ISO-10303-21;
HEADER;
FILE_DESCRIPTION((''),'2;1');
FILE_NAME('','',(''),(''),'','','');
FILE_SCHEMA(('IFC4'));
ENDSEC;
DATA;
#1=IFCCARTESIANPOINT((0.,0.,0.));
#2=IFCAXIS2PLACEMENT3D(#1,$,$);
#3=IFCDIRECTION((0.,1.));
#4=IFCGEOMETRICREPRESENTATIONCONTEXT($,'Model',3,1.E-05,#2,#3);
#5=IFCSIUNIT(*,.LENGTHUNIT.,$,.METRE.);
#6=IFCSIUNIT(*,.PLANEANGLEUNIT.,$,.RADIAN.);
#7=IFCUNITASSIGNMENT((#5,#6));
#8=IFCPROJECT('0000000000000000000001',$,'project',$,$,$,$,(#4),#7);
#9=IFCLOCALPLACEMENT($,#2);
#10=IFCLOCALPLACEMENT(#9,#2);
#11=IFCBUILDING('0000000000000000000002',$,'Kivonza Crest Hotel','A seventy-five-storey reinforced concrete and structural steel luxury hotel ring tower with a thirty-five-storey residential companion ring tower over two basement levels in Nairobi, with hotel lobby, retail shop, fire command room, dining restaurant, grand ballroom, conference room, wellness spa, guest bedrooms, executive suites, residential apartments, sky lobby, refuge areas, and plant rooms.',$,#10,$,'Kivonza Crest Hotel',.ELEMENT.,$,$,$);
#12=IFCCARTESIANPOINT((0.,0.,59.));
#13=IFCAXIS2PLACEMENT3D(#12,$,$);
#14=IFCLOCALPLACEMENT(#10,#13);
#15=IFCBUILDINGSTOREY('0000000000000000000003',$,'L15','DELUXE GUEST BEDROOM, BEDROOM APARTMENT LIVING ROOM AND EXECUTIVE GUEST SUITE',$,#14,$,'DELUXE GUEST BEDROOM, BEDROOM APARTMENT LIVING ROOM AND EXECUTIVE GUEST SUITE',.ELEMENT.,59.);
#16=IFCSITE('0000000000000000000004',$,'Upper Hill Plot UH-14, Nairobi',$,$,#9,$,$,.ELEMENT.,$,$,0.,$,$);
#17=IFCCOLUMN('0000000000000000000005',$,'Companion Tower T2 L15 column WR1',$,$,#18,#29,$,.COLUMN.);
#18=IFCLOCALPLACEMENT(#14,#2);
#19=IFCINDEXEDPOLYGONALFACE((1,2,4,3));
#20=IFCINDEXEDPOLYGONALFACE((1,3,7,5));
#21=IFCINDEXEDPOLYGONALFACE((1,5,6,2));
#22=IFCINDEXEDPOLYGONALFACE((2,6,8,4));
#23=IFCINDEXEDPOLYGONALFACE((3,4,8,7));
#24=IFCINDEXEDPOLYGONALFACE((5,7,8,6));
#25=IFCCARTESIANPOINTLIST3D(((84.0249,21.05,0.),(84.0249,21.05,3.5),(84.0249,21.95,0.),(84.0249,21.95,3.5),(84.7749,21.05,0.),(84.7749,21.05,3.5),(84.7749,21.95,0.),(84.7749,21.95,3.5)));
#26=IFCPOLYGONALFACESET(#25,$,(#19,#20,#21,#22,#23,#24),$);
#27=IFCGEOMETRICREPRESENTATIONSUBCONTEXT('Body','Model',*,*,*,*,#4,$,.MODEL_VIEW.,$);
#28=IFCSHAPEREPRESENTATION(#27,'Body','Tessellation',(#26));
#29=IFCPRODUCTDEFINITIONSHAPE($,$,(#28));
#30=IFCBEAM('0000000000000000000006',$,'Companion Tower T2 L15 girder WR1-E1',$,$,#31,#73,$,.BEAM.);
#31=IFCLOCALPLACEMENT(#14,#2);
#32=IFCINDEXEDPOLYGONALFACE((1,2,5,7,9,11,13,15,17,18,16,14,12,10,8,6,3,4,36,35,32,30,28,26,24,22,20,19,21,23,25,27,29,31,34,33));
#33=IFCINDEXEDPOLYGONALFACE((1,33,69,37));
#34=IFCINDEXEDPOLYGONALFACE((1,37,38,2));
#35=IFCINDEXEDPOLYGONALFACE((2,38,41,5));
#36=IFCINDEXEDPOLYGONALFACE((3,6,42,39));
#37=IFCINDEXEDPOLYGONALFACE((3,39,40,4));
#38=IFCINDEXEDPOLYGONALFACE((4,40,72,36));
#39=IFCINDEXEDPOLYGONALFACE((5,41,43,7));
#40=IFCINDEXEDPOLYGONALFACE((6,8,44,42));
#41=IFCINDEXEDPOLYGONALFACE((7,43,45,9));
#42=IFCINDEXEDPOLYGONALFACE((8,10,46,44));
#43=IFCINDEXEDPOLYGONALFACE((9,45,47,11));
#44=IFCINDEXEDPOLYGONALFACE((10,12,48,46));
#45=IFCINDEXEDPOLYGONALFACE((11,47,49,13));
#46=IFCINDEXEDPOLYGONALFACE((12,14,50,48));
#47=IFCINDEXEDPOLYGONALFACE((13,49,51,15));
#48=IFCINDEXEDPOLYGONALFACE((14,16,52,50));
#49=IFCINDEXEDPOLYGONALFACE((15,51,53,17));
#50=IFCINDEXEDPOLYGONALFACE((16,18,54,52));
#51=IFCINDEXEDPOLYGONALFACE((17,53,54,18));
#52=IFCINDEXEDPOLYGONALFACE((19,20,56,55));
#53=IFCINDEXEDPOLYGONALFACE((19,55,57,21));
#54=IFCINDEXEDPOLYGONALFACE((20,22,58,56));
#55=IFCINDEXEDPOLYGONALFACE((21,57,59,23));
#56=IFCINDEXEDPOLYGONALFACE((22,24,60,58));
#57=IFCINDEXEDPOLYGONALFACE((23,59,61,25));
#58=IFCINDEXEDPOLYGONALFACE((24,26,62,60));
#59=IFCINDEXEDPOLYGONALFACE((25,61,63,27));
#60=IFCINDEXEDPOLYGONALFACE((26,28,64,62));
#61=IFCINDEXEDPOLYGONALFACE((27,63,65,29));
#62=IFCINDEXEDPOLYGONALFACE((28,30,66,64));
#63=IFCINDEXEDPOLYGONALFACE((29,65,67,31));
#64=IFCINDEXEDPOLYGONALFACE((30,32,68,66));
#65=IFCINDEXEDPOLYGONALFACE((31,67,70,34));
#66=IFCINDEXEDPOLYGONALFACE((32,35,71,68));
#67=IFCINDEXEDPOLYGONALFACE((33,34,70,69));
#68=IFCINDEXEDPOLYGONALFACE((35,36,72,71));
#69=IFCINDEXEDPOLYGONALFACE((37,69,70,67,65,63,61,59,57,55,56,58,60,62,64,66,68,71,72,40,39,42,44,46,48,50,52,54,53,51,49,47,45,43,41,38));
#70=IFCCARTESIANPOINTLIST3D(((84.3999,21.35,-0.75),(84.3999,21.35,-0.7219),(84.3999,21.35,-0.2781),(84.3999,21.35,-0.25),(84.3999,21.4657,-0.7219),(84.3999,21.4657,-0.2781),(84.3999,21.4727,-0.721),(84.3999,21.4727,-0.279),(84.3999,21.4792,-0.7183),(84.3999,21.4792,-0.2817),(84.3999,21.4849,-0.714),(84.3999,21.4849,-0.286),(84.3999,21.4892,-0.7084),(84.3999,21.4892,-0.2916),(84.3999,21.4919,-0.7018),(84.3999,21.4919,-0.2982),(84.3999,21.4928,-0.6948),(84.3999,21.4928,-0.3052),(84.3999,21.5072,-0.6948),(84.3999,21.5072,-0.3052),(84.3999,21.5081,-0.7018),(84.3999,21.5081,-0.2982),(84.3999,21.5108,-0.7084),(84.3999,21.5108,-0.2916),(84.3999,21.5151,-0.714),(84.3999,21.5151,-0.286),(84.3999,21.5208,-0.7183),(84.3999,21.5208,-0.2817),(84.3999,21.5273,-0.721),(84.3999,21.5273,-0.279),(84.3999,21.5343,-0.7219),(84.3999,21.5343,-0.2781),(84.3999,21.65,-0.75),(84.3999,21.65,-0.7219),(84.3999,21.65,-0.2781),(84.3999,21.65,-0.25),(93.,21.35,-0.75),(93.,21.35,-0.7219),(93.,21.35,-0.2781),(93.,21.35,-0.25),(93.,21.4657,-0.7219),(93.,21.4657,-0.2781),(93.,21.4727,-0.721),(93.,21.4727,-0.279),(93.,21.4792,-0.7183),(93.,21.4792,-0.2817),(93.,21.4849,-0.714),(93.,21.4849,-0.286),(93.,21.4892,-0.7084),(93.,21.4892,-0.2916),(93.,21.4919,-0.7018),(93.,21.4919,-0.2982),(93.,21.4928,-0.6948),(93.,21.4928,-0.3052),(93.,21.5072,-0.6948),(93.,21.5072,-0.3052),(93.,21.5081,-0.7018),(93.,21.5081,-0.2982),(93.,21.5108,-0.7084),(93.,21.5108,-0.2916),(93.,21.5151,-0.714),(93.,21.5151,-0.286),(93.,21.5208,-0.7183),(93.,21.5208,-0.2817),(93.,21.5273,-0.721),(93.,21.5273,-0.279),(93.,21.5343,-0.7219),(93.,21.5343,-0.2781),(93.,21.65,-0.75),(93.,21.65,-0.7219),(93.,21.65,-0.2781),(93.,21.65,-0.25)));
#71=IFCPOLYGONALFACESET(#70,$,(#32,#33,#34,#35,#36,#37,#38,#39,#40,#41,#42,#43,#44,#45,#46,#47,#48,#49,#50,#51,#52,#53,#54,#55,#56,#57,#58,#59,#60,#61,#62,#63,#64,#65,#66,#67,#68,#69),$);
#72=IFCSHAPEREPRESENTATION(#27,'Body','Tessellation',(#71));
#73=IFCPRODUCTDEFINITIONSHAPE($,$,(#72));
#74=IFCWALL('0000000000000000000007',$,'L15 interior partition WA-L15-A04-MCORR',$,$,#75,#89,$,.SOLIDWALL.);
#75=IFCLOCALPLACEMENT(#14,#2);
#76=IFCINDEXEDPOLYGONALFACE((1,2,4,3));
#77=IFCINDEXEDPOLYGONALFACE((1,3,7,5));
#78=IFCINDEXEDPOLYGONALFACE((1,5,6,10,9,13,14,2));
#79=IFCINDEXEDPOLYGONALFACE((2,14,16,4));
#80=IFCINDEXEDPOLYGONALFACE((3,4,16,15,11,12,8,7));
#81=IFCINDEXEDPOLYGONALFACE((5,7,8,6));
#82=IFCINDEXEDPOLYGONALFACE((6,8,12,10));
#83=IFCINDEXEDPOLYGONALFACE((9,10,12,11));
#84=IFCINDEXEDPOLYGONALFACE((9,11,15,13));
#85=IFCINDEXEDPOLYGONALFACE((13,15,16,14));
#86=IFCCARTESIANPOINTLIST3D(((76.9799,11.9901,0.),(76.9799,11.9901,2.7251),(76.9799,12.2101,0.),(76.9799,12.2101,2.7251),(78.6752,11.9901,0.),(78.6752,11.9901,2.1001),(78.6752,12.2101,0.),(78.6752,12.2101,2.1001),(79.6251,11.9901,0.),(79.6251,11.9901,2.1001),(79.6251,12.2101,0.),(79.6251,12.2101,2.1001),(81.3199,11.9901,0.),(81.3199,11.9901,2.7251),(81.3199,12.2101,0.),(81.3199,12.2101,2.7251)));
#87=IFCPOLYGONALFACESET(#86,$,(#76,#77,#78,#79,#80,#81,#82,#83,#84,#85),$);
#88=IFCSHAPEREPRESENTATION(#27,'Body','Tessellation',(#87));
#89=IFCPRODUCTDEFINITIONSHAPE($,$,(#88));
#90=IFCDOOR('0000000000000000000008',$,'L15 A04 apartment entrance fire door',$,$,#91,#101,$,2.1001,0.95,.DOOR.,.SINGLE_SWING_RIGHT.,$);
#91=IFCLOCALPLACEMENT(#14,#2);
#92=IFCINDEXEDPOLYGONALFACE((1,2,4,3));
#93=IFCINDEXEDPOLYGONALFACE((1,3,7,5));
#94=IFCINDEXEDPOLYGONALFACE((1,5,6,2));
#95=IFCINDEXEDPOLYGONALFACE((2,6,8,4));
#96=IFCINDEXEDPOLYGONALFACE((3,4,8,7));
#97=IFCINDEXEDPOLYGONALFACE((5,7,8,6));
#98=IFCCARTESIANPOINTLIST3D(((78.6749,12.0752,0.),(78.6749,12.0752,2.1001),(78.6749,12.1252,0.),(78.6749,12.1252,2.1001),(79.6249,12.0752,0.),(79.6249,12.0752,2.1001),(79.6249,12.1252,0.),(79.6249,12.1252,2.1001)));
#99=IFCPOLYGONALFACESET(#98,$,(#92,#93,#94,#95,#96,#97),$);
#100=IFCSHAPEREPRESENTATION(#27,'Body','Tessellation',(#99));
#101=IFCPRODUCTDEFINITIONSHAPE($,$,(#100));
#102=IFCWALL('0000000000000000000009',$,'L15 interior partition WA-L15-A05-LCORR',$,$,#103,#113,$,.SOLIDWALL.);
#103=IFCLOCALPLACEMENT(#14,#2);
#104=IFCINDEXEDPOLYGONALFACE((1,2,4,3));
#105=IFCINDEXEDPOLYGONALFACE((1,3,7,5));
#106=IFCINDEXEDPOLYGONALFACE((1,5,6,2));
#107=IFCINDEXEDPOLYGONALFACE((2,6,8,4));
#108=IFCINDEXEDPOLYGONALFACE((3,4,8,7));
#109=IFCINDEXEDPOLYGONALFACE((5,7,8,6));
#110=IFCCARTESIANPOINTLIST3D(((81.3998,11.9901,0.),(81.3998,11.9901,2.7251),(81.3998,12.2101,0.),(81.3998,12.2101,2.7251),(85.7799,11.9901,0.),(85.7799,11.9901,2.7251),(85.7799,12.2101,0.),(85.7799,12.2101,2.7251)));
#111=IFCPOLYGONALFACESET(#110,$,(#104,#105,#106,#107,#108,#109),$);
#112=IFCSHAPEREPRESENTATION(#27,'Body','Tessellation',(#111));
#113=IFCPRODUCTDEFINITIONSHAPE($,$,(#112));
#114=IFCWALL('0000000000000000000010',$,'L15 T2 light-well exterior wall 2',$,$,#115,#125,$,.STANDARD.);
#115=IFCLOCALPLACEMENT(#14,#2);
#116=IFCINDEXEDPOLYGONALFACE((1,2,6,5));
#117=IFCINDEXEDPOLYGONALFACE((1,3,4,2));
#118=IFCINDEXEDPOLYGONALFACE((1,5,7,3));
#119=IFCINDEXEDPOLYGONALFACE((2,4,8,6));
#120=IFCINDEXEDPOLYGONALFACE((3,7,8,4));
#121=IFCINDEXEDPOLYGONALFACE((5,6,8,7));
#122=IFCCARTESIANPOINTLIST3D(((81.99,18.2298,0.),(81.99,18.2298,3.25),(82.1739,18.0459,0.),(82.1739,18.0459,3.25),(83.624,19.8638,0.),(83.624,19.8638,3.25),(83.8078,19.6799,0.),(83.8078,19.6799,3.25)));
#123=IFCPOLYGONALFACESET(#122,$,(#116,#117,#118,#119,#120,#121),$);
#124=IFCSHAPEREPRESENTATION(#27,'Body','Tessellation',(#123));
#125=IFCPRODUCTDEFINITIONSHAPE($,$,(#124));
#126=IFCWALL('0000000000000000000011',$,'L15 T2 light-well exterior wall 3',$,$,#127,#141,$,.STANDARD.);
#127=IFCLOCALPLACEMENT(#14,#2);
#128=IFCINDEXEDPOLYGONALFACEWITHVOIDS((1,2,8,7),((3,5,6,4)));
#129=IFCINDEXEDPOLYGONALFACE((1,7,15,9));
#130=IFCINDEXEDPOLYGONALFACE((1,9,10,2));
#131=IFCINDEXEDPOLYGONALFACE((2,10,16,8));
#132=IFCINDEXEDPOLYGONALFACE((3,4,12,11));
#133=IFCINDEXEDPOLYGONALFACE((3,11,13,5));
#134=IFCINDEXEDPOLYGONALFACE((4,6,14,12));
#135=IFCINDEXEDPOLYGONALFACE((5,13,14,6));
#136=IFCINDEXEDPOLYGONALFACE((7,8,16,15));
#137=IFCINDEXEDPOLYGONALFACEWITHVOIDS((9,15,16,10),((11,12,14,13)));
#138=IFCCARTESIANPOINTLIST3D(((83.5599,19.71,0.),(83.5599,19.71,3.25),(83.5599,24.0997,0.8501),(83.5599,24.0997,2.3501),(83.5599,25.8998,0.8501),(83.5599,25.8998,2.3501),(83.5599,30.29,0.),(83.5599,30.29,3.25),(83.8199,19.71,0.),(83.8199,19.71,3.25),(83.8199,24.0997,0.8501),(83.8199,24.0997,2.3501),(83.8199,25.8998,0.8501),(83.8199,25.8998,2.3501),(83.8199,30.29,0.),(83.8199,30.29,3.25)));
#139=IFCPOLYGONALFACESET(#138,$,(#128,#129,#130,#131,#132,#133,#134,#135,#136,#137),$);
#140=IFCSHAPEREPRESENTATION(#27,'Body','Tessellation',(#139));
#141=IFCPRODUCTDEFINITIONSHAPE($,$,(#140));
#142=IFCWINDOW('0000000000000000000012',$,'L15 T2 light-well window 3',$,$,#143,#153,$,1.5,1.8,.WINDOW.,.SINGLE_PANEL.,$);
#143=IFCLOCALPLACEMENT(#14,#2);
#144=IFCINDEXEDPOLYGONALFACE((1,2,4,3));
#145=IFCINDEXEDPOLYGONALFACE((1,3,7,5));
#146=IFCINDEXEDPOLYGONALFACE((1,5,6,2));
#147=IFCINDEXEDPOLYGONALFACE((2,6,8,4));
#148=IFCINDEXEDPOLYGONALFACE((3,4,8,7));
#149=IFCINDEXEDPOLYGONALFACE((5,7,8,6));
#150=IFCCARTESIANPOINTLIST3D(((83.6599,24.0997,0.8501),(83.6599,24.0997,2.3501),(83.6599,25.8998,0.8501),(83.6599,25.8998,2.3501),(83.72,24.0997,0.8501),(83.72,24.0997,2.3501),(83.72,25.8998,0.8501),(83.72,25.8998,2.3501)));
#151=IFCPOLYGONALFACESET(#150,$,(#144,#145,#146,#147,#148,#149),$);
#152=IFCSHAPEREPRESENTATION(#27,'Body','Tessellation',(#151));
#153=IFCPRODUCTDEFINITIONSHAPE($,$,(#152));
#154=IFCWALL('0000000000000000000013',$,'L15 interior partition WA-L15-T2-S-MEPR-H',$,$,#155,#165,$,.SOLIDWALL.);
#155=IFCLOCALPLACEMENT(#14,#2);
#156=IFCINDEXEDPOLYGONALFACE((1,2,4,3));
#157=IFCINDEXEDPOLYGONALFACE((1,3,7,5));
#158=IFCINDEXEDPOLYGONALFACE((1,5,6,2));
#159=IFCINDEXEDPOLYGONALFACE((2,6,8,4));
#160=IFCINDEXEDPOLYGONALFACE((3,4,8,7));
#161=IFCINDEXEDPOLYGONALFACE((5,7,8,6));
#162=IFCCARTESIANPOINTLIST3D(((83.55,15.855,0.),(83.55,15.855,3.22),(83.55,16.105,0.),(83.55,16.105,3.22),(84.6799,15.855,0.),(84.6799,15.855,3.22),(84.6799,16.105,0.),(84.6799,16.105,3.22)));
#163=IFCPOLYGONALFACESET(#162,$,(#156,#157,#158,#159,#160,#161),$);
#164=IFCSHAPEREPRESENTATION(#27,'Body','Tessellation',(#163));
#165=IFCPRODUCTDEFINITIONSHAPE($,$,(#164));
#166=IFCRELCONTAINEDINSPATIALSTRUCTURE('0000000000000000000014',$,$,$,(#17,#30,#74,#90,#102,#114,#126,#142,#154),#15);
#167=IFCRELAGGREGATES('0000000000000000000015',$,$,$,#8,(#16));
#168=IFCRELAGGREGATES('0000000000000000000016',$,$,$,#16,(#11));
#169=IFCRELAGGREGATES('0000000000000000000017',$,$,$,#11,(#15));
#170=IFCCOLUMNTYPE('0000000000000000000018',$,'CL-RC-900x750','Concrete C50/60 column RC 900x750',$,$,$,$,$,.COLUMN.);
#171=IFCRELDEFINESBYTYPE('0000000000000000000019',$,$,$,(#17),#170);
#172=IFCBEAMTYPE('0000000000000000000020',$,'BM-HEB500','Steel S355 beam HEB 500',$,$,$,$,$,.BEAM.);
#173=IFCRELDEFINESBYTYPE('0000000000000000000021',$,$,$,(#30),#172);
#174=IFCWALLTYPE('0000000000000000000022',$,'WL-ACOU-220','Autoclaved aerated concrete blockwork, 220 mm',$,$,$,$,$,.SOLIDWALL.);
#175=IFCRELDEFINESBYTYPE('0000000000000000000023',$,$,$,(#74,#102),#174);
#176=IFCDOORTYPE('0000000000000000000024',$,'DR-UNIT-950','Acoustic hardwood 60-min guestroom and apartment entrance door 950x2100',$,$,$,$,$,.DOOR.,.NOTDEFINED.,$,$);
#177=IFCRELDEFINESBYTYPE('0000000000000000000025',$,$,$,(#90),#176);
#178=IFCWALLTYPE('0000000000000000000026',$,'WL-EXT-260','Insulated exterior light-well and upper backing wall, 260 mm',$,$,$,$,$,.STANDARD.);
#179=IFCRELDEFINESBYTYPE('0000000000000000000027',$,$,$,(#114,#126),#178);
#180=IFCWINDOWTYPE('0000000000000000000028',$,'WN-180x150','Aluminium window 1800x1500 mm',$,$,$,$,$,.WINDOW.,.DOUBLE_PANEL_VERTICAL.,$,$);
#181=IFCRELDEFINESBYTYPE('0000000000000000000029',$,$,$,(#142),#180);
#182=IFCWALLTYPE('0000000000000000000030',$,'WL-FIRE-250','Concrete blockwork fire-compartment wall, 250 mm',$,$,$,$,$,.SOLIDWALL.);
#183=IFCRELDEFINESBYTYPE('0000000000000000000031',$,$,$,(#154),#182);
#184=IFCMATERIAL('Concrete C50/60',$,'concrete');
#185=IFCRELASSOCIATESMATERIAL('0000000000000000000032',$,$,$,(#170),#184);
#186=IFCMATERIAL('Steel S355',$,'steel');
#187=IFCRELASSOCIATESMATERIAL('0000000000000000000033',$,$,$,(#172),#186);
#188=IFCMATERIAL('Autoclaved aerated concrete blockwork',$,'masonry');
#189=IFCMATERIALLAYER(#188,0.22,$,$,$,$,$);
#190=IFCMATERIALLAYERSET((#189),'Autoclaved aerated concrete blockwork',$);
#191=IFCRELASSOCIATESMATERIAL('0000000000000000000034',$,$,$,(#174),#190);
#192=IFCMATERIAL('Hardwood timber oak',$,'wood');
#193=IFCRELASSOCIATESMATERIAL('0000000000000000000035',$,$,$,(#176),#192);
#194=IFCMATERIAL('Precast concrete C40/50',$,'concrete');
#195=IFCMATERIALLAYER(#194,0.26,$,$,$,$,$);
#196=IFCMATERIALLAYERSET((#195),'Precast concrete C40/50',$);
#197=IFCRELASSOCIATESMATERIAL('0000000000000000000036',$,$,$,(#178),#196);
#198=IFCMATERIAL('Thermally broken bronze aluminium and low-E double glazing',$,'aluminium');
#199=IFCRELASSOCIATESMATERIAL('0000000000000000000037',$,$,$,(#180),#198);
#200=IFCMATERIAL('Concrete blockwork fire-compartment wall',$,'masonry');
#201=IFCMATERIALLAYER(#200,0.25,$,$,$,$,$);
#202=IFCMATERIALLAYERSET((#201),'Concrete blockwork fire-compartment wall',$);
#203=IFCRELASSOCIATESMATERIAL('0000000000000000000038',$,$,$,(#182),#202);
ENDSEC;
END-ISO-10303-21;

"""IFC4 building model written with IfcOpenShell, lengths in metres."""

from ifc_helpers import new_model, si_unit, direction, frame, frame_2d, origin, origin_2d, place, context, subcontext, project, spatial, rectangle, i_section, extrude, material, layer, layer_set, material_profile, profile_set, type_object, element, fill, save


model = new_model("IFC4")

# Units and contexts
model_context = context("Model", 3, precision=1e-05, world=origin(), true_north=direction((0.0, 1.0)))
body_context = subcontext(model_context, "Body", "Model", "MODEL_VIEW")
ifc_project = project(units=[si_unit("LENGTHUNIT", "METRE"), si_unit("PLANEANGLEUNIT", "RADIAN")], contexts=[model_context])

# Site, building, storey
site_placement = place(None, origin())
site = spatial("IfcSite", under=ifc_project, at=site_placement, Name="Upper Hill Plot UH-14, Nairobi", CompositionType="ELEMENT", RefElevation=0.0)
building_placement = place(site_placement, origin())
building = spatial("IfcBuilding", under=site, at=building_placement, Name="Kivonza Crest Hotel", Description="A seventy-five-storey reinforced concrete and structural steel luxury hotel ring tower with a thirty-five-storey residential companion ring tower over two basement levels in Nairobi, with hotel lobby, retail shop, fire command room, dining restaurant, grand ballroom, conference room, wellness spa, guest bedrooms, executive suites, residential apartments, sky lobby, refuge areas, and plant rooms.", LongName="Kivonza Crest Hotel", CompositionType="ELEMENT")
storey_placement = place(building_placement, frame((0.0, 0.0, 59.0)))
storey = spatial("IfcBuildingStorey", under=building, at=storey_placement, Name="L15", Description="DELUXE GUEST BEDROOM, BEDROOM APARTMENT LIVING ROOM AND EXECUTIVE GUEST SUITE", LongName="DELUXE GUEST BEDROOM, BEDROOM APARTMENT LIVING ROOM AND EXECUTIVE GUEST SUITE", CompositionType="ELEMENT", Elevation=59.0)

# Column
ifc_material_1 = material(Name="Concrete C50/60", Category="concrete")
ifc_material_profile_1 = material_profile(ifc_material_1, rectangle(XDim=0.75, YDim=0.8999, at=origin_2d()), Name="RC 900x750")
ifc_profile_set_1 = profile_set([ifc_material_profile_1], Name="Concrete C50/60")
column_type = type_object("IfcColumnType", Name="CL-RC-900x750", Description="Concrete C50/60 column RC 900x750", PredefinedType="COLUMN", material=ifc_profile_set_1)
column_placement = place(storey_placement, frame((84.3999, 21.5, 0.0), z_axis=(0.0, 0.0, 1.0), x_axis=(1.0, 0.0, 0.0)))
element("IfcColumn", 1, at=column_placement, inside=storey, type_object=column_type, Name="Companion Tower T2 L15 column WR1", PredefinedType="COLUMN", context=body_context, shape_type="SweptSolid", body=[
    extrude(rectangle(XDim=0.75, YDim=0.8999, at=origin_2d()), origin(), (0.0, 0.0, 1.0), 3.5),
])

# Beam
ifc_material_2 = material(Name="Steel S355", Category="steel")
ifc_material_profile_2 = material_profile(ifc_material_2, i_section(OverallWidth=0.3, OverallDepth=0.5, WebThickness=0.0144, FlangeThickness=0.0281, FilletRadius=0.0271, at=origin_2d()), Name="HEB 500")
ifc_profile_set_2 = profile_set([ifc_material_profile_2], Name="Steel S355")
beam_type = type_object("IfcBeamType", Name="BM-HEB500", Description="Steel S355 beam HEB 500", PredefinedType="BEAM", material=ifc_profile_set_2)
beam_placement = place(storey_placement, frame((84.3999, 21.5, -0.5), z_axis=(1.0, 0.0, 0.0), x_axis=(0.0, 1.0, 0.0)))
element("IfcBeam", 2, at=beam_placement, inside=storey, type_object=beam_type, Name="Companion Tower T2 L15 girder WR1-E1", PredefinedType="BEAM", context=body_context, shape_type="SweptSolid", body=[
    extrude(i_section(OverallWidth=0.3, OverallDepth=0.5, WebThickness=0.0144, FlangeThickness=0.0281, FilletRadius=0.0271, at=origin_2d()), origin(), (0.0, 0.0, 1.0), 8.6001),
])

# Wall, opening, door
ifc_material_3 = material(Name="Autoclaved aerated concrete blockwork", Category="masonry")
ifc_layer_1 = layer(ifc_material_3, 0.22)
ifc_layer_set_1 = layer_set([ifc_layer_1], Name="Autoclaved aerated concrete blockwork")
wall_type_1 = type_object("IfcWallType", Name="WL-ACOU-220", Description="Autoclaved aerated concrete blockwork, 220 mm", PredefinedType="SOLIDWALL", material=ifc_layer_set_1)
wall_1_placement = place(storey_placement, frame((76.98, 12.1001, 0.0), z_axis=(0.0, 0.0, 1.0), x_axis=(1.0, 0.0, 0.0)))
wall_1 = element("IfcWall", 3, at=wall_1_placement, inside=storey, type_object=wall_type_1, Name="L15 interior partition WA-L15-A04-MCORR", PredefinedType="SOLIDWALL", context=body_context, shape_type="SweptSolid", body=[
    extrude(rectangle(XDim=4.3401, YDim=0.22, at=frame_2d((2.1699, 0.0))), origin(), (0.0, 0.0, 1.0), 2.7251),
])
opening_1_placement = place(wall_1_placement, frame((1.6951, 0.0, 0.0)))
opening_1 = element("IfcOpeningElement", 4, at=opening_1_placement, cuts=wall_1, PredefinedType="OPENING", context=body_context, shape_type="SweptSolid", body=[
    extrude(rectangle(XDim=0.95, YDim=2.1001, at=frame_2d((0.4751, 1.05))), frame((0.0, 0.1201, 0.0), z_axis=(0.0, -1.0, 0.0), x_axis=(1.0, 0.0, 0.0)), (0.0, 0.0, 1.0), 0.24),
])
ifc_material_4 = material(Name="Hardwood timber oak", Category="wood")
door_type_1 = type_object("IfcDoorType", Name="DR-UNIT-950", Description="Acoustic hardwood 60-min guestroom and apartment entrance door 950x2100", OperationType="NOTDEFINED", PredefinedType="DOOR", material=ifc_material_4)
door_1_placement = place(opening_1_placement, frame((0.95, 0.0, 0.0), z_axis=(0.0, 0.0, 1.0), x_axis=(-1.0, 0.0, 0.0)))
door_1 = element("IfcDoor", 5, at=door_1_placement, inside=storey, type_object=door_type_1, Name="L15 A04 apartment entrance fire door", OperationType="SINGLE_SWING_RIGHT", OverallHeight=2.1001, OverallWidth=0.95, PredefinedType="DOOR", context=body_context, shape_type="SweptSolid", body=[
    extrude(rectangle(XDim=0.95, YDim=2.1001, at=frame_2d((0.4751, 1.05))), frame((0.0, 0.0249, 0.0), z_axis=(0.0, -1.0, 0.0), x_axis=(1.0, 0.0, 0.0)), (0.0, 0.0, 1.0), 0.05),
])
fill(opening_1, door_1)

# Walls
wall_2_placement = place(storey_placement, frame((81.3999, 12.1001, 0.0), z_axis=(0.0, 0.0, 1.0), x_axis=(1.0, 0.0, 0.0)))
element("IfcWall", 6, at=wall_2_placement, inside=storey, type_object=wall_type_1, Name="L15 interior partition WA-L15-A05-LCORR", PredefinedType="SOLIDWALL", context=body_context, shape_type="SweptSolid", body=[
    extrude(rectangle(XDim=4.3801, YDim=0.22, at=frame_2d((2.1899, 0.0))), origin(), (0.0, 0.0, 1.0), 2.7251),
])
ifc_material_5 = material(Name="Precast concrete C40/50", Category="concrete")
ifc_layer_2 = layer(ifc_material_5, 0.26)
ifc_layer_set_2 = layer_set([ifc_layer_2], Name="Precast concrete C40/50")
wall_type_2 = type_object("IfcWallType", Name="WL-EXT-260", Description="Insulated exterior light-well and upper backing wall, 260 mm", PredefinedType="STANDARD", material=ifc_layer_set_2)
wall_3_placement = place(storey_placement, frame((82.082, 18.1379, 0.0), z_axis=(0.0, 0.0, 1.0), x_axis=(0.707107, 0.707107, 0.0)))
element("IfcWall", 7, at=wall_3_placement, inside=storey, type_object=wall_type_2, Name="L15 T2 light-well exterior wall 2", PredefinedType="STANDARD", context=body_context, shape_type="SweptSolid", body=[
    extrude(rectangle(XDim=2.3108, YDim=0.26, at=frame_2d((1.1553, 0.0))), origin(), (0.0, 0.0, 1.0), 3.25),
])

# Wall, opening, window
wall_4_placement = place(storey_placement, frame((83.6899, 19.71, 0.0), z_axis=(0.0, 0.0, 1.0), x_axis=(0.0, 1.0, 0.0)))
wall_4 = element("IfcWall", 8, at=wall_4_placement, inside=storey, type_object=wall_type_2, Name="L15 T2 light-well exterior wall 3", PredefinedType="STANDARD", context=body_context, shape_type="SweptSolid", body=[
    extrude(rectangle(XDim=10.5801, YDim=0.26, at=frame_2d((5.29, 0.0))), origin(), (0.0, 0.0, 1.0), 3.25),
])
opening_2_placement = place(wall_4_placement, frame((4.3899, 0.0, 0.8501)))
opening_2 = element("IfcOpeningElement", 9, at=opening_2_placement, cuts=wall_4, PredefinedType="OPENING", context=body_context, shape_type="SweptSolid", body=[
    extrude(rectangle(XDim=1.8, YDim=1.5, at=frame_2d((0.8999, 0.75))), frame((0.0, 0.1401, 0.0), z_axis=(0.0, -1.0, 0.0), x_axis=(1.0, 0.0, 0.0)), (0.0, 0.0, 1.0), 0.28),
])
ifc_material_6 = material(Name="Thermally broken bronze aluminium and low-E double glazing", Category="aluminium")
window_type = type_object("IfcWindowType", Name="WN-180x150", Description="Aluminium window 1800x1500 mm", PartitioningType="DOUBLE_PANEL_VERTICAL", PredefinedType="WINDOW", material=ifc_material_6)
window_placement = place(opening_2_placement, origin())
window = element("IfcWindow", 10, at=window_placement, inside=storey, type_object=window_type, Name="L15 T2 light-well window 3", OverallHeight=1.5, OverallWidth=1.8, PartitioningType="SINGLE_PANEL", PredefinedType="WINDOW", context=body_context, shape_type="SweptSolid", body=[
    extrude(rectangle(XDim=1.8, YDim=1.5, at=frame_2d((0.8999, 0.75))), frame((0.0, 0.03, 0.0), z_axis=(0.0, -1.0, 0.0), x_axis=(1.0, 0.0, 0.0)), (0.0, 0.0, 1.0), 0.0601),
])
fill(opening_2, window)

# Wall
ifc_material_7 = material(Name="Concrete blockwork fire-compartment wall", Category="masonry")
ifc_layer_3 = layer(ifc_material_7, 0.25)
ifc_layer_set_3 = layer_set([ifc_layer_3], Name="Concrete blockwork fire-compartment wall")
wall_type_3 = type_object("IfcWallType", Name="WL-FIRE-250", Description="Concrete blockwork fire-compartment wall, 250 mm", PredefinedType="SOLIDWALL", material=ifc_layer_set_3)
wall_5_placement = place(storey_placement, frame((83.55, 15.98, 0.0), z_axis=(0.0, 0.0, 1.0), x_axis=(1.0, 0.0, 0.0)))
element("IfcWall", 11, at=wall_5_placement, inside=storey, type_object=wall_type_3, Name="L15 interior partition WA-L15-T2-S-MEPR-H", PredefinedType="SOLIDWALL", context=body_context, shape_type="SweptSolid", body=[
    extrude(rectangle(XDim=1.1299, YDim=0.25, at=frame_2d((0.5649, 0.0))), origin(), (0.0, 0.0, 1.0), 3.22),
])

save(model, "model.ifc")
